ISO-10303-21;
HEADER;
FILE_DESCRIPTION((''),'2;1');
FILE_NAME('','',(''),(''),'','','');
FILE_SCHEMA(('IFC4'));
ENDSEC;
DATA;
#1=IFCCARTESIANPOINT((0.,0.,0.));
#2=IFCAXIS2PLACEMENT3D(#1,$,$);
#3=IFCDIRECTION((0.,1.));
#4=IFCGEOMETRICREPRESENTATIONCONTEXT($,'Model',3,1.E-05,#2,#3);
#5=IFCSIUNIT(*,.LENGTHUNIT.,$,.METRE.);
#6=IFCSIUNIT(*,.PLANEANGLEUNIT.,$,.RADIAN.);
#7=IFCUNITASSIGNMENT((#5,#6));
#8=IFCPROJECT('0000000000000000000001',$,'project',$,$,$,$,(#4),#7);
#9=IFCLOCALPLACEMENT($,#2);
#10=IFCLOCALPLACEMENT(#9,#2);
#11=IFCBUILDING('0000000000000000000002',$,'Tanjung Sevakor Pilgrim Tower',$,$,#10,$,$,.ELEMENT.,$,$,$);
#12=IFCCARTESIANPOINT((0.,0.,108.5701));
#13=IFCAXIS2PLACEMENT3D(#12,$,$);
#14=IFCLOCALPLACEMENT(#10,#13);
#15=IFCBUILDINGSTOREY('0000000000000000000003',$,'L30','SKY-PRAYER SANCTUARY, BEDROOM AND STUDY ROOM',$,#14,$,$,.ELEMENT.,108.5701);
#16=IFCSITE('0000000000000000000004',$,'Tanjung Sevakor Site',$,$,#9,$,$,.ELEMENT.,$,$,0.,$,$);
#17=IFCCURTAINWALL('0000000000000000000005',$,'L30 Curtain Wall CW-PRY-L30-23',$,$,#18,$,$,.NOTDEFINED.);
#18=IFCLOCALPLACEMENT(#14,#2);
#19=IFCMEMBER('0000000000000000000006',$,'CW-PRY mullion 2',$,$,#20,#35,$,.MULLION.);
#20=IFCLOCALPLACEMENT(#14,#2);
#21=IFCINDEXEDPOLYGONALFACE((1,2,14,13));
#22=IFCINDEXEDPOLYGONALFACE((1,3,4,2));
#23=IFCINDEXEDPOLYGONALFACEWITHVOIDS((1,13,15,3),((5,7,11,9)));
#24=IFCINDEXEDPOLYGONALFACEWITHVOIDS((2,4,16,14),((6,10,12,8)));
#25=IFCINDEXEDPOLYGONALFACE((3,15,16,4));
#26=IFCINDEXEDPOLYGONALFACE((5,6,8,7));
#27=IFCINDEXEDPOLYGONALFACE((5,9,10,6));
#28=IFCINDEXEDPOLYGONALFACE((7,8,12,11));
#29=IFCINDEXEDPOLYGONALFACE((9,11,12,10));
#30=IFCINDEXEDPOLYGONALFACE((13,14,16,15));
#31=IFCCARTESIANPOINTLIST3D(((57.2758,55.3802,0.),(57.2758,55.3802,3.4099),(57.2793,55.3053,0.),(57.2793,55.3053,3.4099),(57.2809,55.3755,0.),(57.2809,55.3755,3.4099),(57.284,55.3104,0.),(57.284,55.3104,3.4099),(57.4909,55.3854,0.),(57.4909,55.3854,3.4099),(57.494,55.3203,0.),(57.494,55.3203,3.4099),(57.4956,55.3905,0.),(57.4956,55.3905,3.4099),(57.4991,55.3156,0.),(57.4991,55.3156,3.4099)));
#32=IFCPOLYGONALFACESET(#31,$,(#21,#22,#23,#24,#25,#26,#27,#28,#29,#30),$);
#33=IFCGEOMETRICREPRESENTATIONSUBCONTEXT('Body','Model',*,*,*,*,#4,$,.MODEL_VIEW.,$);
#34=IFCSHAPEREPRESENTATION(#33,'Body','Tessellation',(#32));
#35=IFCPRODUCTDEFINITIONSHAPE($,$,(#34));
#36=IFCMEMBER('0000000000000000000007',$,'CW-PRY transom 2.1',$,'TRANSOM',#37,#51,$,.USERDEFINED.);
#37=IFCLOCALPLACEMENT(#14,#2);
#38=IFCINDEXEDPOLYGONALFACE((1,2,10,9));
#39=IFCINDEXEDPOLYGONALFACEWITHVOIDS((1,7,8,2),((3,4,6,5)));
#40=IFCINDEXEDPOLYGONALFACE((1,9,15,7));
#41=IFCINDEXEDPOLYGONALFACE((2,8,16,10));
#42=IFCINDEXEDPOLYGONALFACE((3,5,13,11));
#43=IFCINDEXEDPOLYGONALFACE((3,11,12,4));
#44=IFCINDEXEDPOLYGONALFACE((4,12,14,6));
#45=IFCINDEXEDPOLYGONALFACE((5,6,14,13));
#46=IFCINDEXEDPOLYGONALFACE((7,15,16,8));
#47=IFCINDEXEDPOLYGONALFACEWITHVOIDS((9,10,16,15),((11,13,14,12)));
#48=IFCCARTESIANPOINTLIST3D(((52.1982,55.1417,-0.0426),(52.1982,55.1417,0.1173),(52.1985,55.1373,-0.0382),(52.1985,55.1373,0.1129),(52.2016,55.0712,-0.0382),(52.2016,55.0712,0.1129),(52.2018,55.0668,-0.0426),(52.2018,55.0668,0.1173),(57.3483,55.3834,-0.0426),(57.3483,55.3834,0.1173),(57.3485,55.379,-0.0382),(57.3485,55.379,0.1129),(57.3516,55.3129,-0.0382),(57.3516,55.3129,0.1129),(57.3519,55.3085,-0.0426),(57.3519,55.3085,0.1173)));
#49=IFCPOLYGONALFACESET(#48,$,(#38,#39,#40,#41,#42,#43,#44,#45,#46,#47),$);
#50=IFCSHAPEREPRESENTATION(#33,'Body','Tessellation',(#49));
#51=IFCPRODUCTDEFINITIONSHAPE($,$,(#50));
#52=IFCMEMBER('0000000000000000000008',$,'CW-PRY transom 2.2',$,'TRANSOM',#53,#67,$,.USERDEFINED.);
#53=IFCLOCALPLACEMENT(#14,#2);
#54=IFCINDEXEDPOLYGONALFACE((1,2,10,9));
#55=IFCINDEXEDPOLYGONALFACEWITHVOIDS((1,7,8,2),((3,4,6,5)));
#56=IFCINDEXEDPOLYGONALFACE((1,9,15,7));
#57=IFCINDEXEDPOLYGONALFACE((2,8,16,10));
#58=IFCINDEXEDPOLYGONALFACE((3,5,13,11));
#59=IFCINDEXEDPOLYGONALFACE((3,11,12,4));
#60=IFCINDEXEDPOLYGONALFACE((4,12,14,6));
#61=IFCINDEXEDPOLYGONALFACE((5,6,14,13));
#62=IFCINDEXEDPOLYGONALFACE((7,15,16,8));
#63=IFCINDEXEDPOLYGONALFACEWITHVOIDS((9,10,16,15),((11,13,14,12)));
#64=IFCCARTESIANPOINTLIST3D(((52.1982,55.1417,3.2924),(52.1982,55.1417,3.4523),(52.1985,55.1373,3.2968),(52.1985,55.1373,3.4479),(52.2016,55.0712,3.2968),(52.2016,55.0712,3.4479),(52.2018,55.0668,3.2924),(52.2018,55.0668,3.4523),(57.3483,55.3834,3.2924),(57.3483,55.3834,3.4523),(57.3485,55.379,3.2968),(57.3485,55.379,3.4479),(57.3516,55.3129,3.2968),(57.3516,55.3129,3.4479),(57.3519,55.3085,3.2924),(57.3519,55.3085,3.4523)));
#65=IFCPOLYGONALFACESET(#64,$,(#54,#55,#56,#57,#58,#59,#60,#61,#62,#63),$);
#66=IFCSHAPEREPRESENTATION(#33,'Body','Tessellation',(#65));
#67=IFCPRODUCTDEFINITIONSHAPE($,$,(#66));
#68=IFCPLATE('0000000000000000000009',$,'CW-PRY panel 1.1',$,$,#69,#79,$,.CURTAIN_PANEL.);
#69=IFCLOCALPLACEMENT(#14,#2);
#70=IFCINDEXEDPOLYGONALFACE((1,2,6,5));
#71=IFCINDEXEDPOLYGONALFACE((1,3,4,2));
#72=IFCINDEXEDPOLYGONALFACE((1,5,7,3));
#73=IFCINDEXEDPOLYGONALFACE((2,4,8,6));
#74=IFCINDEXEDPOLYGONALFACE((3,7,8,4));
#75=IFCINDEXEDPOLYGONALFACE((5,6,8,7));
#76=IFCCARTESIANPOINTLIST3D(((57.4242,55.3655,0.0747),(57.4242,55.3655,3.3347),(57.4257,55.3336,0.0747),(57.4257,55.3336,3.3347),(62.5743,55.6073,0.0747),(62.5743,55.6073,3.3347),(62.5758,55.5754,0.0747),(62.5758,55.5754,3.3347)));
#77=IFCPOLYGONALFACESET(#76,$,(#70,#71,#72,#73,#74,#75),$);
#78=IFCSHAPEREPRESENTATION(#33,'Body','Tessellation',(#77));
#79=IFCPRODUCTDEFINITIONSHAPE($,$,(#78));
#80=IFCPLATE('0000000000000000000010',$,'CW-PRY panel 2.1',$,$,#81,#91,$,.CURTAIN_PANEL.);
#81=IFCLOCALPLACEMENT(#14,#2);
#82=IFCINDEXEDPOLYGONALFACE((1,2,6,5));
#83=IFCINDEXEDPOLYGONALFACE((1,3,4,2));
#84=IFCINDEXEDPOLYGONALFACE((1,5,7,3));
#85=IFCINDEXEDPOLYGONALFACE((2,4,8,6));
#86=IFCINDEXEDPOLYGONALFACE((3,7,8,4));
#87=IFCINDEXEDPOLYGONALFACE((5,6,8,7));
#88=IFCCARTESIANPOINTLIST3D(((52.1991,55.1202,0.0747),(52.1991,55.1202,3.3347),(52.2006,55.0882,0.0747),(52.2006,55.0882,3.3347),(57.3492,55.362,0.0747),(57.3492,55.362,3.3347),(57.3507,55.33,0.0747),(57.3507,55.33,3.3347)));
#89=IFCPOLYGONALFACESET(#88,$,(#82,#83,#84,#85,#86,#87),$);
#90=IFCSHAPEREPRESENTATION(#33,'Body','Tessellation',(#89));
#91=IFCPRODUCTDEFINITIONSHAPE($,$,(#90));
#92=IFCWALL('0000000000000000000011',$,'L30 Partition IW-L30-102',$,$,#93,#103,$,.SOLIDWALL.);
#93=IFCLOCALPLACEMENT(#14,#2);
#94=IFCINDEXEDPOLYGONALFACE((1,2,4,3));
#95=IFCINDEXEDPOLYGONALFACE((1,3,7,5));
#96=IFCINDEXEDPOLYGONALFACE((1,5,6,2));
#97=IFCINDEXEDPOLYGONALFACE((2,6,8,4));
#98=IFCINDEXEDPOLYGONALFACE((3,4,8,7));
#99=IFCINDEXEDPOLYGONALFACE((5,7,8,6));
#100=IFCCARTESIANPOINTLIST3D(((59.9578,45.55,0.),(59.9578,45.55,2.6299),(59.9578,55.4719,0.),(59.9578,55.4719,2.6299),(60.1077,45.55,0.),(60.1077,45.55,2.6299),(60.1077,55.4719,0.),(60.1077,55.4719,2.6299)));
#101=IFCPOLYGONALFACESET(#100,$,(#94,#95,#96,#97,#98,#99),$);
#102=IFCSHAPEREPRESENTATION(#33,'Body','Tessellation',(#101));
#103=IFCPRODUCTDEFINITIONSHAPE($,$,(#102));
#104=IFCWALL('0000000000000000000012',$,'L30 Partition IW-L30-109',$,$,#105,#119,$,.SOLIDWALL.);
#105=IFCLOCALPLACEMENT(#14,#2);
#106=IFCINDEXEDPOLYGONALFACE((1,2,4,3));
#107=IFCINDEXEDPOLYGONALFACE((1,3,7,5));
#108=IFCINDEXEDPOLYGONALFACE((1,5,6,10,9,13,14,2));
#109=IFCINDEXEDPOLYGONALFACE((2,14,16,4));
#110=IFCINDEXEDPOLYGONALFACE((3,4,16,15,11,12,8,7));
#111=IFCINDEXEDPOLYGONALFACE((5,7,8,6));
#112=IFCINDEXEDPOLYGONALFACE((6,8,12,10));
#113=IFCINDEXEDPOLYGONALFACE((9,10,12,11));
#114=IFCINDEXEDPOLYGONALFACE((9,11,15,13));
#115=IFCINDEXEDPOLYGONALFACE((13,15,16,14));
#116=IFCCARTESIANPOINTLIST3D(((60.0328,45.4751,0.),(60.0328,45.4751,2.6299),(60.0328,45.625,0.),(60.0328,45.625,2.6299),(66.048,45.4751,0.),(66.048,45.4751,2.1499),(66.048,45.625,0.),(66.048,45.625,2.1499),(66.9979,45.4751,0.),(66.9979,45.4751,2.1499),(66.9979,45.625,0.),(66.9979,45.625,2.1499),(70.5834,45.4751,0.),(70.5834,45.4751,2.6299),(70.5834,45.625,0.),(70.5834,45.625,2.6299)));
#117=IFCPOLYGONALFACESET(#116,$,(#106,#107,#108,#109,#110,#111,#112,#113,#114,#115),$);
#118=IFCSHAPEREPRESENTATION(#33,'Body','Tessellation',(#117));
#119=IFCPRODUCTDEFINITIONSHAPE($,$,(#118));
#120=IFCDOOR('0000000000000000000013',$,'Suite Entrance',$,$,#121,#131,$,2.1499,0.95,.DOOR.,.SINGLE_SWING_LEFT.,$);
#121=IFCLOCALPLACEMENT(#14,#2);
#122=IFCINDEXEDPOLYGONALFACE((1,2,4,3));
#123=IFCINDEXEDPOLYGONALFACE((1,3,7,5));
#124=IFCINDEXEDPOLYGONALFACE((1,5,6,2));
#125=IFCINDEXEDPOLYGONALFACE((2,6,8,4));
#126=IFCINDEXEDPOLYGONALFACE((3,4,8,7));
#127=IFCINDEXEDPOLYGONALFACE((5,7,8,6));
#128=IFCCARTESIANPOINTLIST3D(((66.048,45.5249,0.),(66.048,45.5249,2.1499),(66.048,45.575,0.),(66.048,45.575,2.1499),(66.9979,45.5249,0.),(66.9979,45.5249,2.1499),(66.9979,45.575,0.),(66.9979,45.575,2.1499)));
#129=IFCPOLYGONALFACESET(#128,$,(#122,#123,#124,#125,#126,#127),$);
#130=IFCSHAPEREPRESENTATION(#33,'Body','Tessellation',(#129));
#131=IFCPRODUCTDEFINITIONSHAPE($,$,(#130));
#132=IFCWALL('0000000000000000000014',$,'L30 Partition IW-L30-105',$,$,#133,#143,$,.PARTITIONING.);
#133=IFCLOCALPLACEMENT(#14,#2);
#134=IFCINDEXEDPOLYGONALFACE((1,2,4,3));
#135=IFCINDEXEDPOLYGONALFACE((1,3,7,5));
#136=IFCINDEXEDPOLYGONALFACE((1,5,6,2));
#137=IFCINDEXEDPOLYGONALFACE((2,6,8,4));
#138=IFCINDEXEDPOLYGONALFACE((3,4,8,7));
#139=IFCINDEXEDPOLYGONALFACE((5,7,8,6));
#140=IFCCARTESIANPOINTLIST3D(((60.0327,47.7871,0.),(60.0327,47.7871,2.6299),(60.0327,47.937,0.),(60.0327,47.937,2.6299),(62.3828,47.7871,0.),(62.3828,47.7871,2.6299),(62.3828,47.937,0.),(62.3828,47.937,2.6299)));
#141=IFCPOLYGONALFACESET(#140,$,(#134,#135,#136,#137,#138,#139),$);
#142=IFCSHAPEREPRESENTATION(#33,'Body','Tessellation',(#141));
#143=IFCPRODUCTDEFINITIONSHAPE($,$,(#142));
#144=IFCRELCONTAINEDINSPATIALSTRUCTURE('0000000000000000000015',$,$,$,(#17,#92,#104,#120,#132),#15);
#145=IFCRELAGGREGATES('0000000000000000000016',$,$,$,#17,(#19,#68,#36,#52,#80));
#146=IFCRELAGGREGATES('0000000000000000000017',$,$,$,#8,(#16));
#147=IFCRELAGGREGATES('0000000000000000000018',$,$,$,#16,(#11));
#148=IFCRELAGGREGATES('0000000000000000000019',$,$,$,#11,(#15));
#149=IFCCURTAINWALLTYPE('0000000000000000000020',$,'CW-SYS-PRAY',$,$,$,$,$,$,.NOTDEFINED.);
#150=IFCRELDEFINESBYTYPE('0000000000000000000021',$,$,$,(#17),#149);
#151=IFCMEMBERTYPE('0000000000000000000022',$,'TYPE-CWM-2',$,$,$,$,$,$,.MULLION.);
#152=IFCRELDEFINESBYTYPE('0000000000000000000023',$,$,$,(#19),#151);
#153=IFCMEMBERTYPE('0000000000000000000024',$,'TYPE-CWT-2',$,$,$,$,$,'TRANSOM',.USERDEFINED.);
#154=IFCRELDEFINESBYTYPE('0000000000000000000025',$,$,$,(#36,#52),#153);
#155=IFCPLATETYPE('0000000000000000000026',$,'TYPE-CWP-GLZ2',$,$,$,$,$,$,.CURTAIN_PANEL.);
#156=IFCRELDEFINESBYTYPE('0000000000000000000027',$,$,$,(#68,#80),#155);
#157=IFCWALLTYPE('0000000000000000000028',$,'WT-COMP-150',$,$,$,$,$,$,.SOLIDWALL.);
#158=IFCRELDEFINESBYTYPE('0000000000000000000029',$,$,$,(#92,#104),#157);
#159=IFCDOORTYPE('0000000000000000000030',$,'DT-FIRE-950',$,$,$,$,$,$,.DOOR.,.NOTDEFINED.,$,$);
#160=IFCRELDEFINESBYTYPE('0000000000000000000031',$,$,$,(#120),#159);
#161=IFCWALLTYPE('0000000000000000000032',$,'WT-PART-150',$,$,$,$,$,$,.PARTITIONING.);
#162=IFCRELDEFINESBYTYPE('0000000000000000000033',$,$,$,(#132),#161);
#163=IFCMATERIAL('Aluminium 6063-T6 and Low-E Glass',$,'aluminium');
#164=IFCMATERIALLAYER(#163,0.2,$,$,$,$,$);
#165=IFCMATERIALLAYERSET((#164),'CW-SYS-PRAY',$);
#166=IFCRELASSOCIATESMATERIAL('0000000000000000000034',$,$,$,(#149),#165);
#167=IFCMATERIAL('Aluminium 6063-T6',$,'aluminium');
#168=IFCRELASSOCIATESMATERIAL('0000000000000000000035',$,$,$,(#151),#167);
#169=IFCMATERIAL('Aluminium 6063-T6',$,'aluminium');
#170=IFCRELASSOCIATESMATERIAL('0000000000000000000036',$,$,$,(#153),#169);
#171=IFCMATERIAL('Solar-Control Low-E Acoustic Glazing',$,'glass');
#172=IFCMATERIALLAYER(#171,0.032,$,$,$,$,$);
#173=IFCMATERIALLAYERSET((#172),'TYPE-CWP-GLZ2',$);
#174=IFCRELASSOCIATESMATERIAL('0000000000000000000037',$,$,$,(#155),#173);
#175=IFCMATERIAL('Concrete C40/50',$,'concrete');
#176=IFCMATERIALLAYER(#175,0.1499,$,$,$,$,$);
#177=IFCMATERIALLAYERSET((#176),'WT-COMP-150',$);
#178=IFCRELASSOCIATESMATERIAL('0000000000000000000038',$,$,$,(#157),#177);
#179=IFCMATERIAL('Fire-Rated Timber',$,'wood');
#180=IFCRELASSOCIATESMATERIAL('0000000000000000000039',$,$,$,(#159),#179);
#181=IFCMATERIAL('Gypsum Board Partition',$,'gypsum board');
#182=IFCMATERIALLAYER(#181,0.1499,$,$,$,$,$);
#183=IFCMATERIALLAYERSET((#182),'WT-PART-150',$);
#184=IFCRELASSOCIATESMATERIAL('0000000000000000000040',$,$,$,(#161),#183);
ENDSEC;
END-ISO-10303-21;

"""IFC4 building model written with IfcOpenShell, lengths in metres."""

from ifc_helpers import new_model, si_unit, direction, frame, frame_2d, origin, origin_2d, place, context, subcontext, project, spatial, rectangle, hollow_rectangle, extrude, material, layer, layer_set, material_profile, profile_set, type_object, element, fill, aggregate, save


model = new_model("IFC4")

# Units and contexts
model_context = context("Model", 3, precision=1e-05, world=origin(), true_north=direction((0.0, 1.0)))
body_context = subcontext(model_context, "Body", "Model", "MODEL_VIEW")
ifc_project = project(units=[si_unit("LENGTHUNIT", "METRE"), si_unit("PLANEANGLEUNIT", "RADIAN")], contexts=[model_context])

# Site, building, storey
site_placement = place(None, origin())
site = spatial("IfcSite", under=ifc_project, at=site_placement, Name="Tanjung Sevakor Site", CompositionType="ELEMENT", RefElevation=0.0)
building_placement = place(site_placement, origin())
building = spatial("IfcBuilding", under=site, at=building_placement, Name="Tanjung Sevakor Pilgrim Tower", CompositionType="ELEMENT")
storey_placement = place(building_placement, frame((0.0, 0.0, 108.5701)))
storey = spatial("IfcBuildingStorey", under=building, at=storey_placement, Name="L30", Description="SKY-PRAYER SANCTUARY, BEDROOM AND STUDY ROOM", CompositionType="ELEMENT", Elevation=108.5701)

# Curtain wall, members, plates
ifc_material_1 = material(Name="Aluminium 6063-T6 and Low-E Glass", Category="aluminium")
ifc_layer_1 = layer(ifc_material_1, 0.2)
ifc_layer_set_1 = layer_set([ifc_layer_1], Name="CW-SYS-PRAY")
curtain_wall_type = type_object("IfcCurtainWallType", Name="CW-SYS-PRAY", PredefinedType="NOTDEFINED", material=ifc_layer_set_1)
curtain_wall_placement = place(storey_placement, origin())
curtain_wall = element("IfcCurtainWall", 1, at=curtain_wall_placement, inside=storey, type_object=curtain_wall_type, Name="L30 Curtain Wall CW-PRY-L30-23", PredefinedType="NOTDEFINED")
ifc_material_2 = material(Name="Aluminium 6063-T6", Category="aluminium")
ifc_material_profile_1 = material_profile(ifc_material_2, hollow_rectangle(XDim=0.075, YDim=0.22, WallThickness=0.0049, at=origin_2d()))
ifc_profile_set_1 = profile_set([ifc_material_profile_1], Name="Aluminium 6063-T6")
member_type_1 = type_object("IfcMemberType", Name="TYPE-CWM-2", PredefinedType="MULLION", material=ifc_profile_set_1)
member_1_placement = place(storey_placement, frame((57.3875, 55.3479, 0.0), z_axis=(0.0, 0.0, 1.0), x_axis=(0.046903, -0.998899, 0.0)))
member_1 = element("IfcMember", 2, at=member_1_placement, type_object=member_type_1, Name="CW-PRY mullion 2", PredefinedType="MULLION", context=body_context, shape_type="SweptSolid", body=[
    extrude(hollow_rectangle(XDim=0.075, YDim=0.22, WallThickness=0.0049, at=origin_2d()), origin(), (0.0, 0.0, 1.0), 3.4099),
])
ifc_material_3 = material(Name="Aluminium 6063-T6", Category="aluminium")
ifc_material_profile_2 = material_profile(ifc_material_3, hollow_rectangle(XDim=0.075, YDim=0.1599, WallThickness=0.0044, at=origin_2d()))
ifc_profile_set_2 = profile_set([ifc_material_profile_2], Name="Aluminium 6063-T6")
member_type_2 = type_object("IfcMemberType", Name="TYPE-CWT-2", ElementType="TRANSOM", PredefinedType="USERDEFINED", material=ifc_profile_set_2)
member_2_placement = place(storey_placement, frame((57.3501, 55.3459, 0.0374), z_axis=(-0.998901, -0.046879, 0.0), x_axis=(0.046879, -0.998901, 0.0)))
member_2 = element("IfcMember", 3, at=member_2_placement, type_object=member_type_2, Name="CW-PRY transom 2.1", ObjectType="TRANSOM", PredefinedType="USERDEFINED", context=body_context, shape_type="SweptSolid", body=[
    extrude(hollow_rectangle(XDim=0.075, YDim=0.1599, WallThickness=0.0044, at=origin_2d()), origin(), (0.0, 0.0, 1.0), 5.1558),
])
member_3_placement = place(storey_placement, frame((57.3501, 55.3459, 3.3723), z_axis=(-0.998901, -0.046879, 0.0), x_axis=(0.046879, -0.998901, 0.0)))
member_3 = element("IfcMember", 4, at=member_3_placement, type_object=member_type_2, Name="CW-PRY transom 2.2", ObjectType="TRANSOM", PredefinedType="USERDEFINED", context=body_context, shape_type="SweptSolid", body=[
    extrude(hollow_rectangle(XDim=0.075, YDim=0.1599, WallThickness=0.0044, at=origin_2d()), origin(), (0.0, 0.0, 1.0), 5.1558),
])
ifc_material_4 = material(Name="Solar-Control Low-E Acoustic Glazing", Category="glass")
ifc_layer_2 = layer(ifc_material_4, 0.032)
ifc_layer_set_2 = layer_set([ifc_layer_2], Name="TYPE-CWP-GLZ2")
plate_type = type_object("IfcPlateType", Name="TYPE-CWP-GLZ2", PredefinedType="CURTAIN_PANEL", material=ifc_layer_set_2)
plate_1_placement = place(storey_placement, frame((60.0, 55.4705, 0.0747), z_axis=(0.0, 0.0, 1.0), x_axis=(-0.998899, -0.046903, 0.0)))
plate_1 = element("IfcPlate", 5, at=plate_1_placement, type_object=plate_type, Name="CW-PRY panel 1.1", PredefinedType="CURTAIN_PANEL", context=body_context, shape_type="SweptSolid", body=[
    extrude(rectangle(XDim=5.1558, YDim=0.032, at=origin_2d()), origin(), (0.0, 0.0, 1.0), 3.26),
])
plate_2_placement = place(storey_placement, frame((54.7749, 55.2251, 0.0747), z_axis=(0.0, 0.0, 1.0), x_axis=(-0.998899, -0.046903, 0.0)))
plate_2 = element("IfcPlate", 6, at=plate_2_placement, type_object=plate_type, Name="CW-PRY panel 2.1", PredefinedType="CURTAIN_PANEL", context=body_context, shape_type="SweptSolid", body=[
    extrude(rectangle(XDim=5.1558, YDim=0.032, at=origin_2d()), origin(), (0.0, 0.0, 1.0), 3.26),
])
aggregate(curtain_wall, [member_1, plate_1, member_2, member_3, plate_2])

# Wall
ifc_material_5 = material(Name="Concrete C40/50", Category="concrete")
ifc_layer_3 = layer(ifc_material_5, 0.1499)
ifc_layer_set_3 = layer_set([ifc_layer_3], Name="WT-COMP-150")
wall_type_1 = type_object("IfcWallType", Name="WT-COMP-150", PredefinedType="SOLIDWALL", material=ifc_layer_set_3)
wall_1_placement = place(storey_placement, frame((60.0327, 45.55, 0.0), z_axis=(0.0, 0.0, 1.0), x_axis=(0.0, 1.0, 0.0)))
element("IfcWall", 7, at=wall_1_placement, inside=storey, type_object=wall_type_1, Name="L30 Partition IW-L30-102", PredefinedType="SOLIDWALL", context=body_context, shape_type="SweptSolid", body=[
    extrude(rectangle(XDim=9.9219, YDim=0.1499, at=frame_2d((4.9609, 0.0))), origin(), (0.0, 0.0, 1.0), 2.6299),
])

# Wall, opening, door
wall_2_placement = place(storey_placement, frame((60.0327, 45.55, 0.0), z_axis=(0.0, 0.0, 1.0), x_axis=(1.0, 0.0, 0.0)))
wall_2 = element("IfcWall", 8, at=wall_2_placement, inside=storey, type_object=wall_type_1, Name="L30 Partition IW-L30-109", PredefinedType="SOLIDWALL", context=body_context, shape_type="SweptSolid", body=[
    extrude(rectangle(XDim=10.5505, YDim=0.1499, at=frame_2d((5.2754, 0.0))), origin(), (0.0, 0.0, 1.0), 2.6299),
])
opening_1_placement = place(wall_2_placement, frame((6.0151, 0.0, 0.0)))
opening_1 = element("IfcOpeningElement", 9, at=opening_1_placement, cuts=wall_2, PredefinedType="OPENING", context=body_context, shape_type="SweptSolid", body=[
    extrude(rectangle(XDim=0.95, YDim=2.1499, at=frame_2d((0.4751, 1.075))), frame((0.0, 0.085, 0.0), z_axis=(0.0, -1.0, 0.0), x_axis=(1.0, 0.0, 0.0)), (0.0, 0.0, 1.0), 0.1699),
])
ifc_material_6 = material(Name="Fire-Rated Timber", Category="wood")
door_type_1 = type_object("IfcDoorType", Name="DT-FIRE-950", OperationType="NOTDEFINED", PredefinedType="DOOR", material=ifc_material_6)
door_1_placement = place(opening_1_placement, origin())
door_1 = element("IfcDoor", 10, at=door_1_placement, inside=storey, type_object=door_type_1, Name="Suite Entrance", OperationType="SINGLE_SWING_LEFT", OverallHeight=2.1499, OverallWidth=0.95, PredefinedType="DOOR", context=body_context, shape_type="SweptSolid", body=[
    extrude(rectangle(XDim=0.95, YDim=2.1499, at=frame_2d((0.4751, 1.075))), frame((0.0, 0.0249, 0.0), z_axis=(0.0, -1.0, 0.0), x_axis=(1.0, 0.0, 0.0)), (0.0, 0.0, 1.0), 0.05),
])
fill(opening_1, door_1)

# Wall
ifc_material_7 = material(Name="Gypsum Board Partition", Category="gypsum board")
ifc_layer_4 = layer(ifc_material_7, 0.1499)
ifc_layer_set_4 = layer_set([ifc_layer_4], Name="WT-PART-150")
wall_type_2 = type_object("IfcWallType", Name="WT-PART-150", PredefinedType="PARTITIONING", material=ifc_layer_set_4)
wall_3_placement = place(storey_placement, frame((60.0327, 47.8621, 0.0), z_axis=(0.0, 0.0, 1.0), x_axis=(1.0, 0.0, 0.0)))
element("IfcWall", 11, at=wall_3_placement, inside=storey, type_object=wall_type_2, Name="L30 Partition IW-L30-105", PredefinedType="PARTITIONING", context=body_context, shape_type="SweptSolid", body=[
    extrude(rectangle(XDim=2.3501, YDim=0.1499, at=frame_2d((1.175, 0.0))), origin(), (0.0, 0.0, 1.0), 2.6299),
])

save(model, "model.ifc")
